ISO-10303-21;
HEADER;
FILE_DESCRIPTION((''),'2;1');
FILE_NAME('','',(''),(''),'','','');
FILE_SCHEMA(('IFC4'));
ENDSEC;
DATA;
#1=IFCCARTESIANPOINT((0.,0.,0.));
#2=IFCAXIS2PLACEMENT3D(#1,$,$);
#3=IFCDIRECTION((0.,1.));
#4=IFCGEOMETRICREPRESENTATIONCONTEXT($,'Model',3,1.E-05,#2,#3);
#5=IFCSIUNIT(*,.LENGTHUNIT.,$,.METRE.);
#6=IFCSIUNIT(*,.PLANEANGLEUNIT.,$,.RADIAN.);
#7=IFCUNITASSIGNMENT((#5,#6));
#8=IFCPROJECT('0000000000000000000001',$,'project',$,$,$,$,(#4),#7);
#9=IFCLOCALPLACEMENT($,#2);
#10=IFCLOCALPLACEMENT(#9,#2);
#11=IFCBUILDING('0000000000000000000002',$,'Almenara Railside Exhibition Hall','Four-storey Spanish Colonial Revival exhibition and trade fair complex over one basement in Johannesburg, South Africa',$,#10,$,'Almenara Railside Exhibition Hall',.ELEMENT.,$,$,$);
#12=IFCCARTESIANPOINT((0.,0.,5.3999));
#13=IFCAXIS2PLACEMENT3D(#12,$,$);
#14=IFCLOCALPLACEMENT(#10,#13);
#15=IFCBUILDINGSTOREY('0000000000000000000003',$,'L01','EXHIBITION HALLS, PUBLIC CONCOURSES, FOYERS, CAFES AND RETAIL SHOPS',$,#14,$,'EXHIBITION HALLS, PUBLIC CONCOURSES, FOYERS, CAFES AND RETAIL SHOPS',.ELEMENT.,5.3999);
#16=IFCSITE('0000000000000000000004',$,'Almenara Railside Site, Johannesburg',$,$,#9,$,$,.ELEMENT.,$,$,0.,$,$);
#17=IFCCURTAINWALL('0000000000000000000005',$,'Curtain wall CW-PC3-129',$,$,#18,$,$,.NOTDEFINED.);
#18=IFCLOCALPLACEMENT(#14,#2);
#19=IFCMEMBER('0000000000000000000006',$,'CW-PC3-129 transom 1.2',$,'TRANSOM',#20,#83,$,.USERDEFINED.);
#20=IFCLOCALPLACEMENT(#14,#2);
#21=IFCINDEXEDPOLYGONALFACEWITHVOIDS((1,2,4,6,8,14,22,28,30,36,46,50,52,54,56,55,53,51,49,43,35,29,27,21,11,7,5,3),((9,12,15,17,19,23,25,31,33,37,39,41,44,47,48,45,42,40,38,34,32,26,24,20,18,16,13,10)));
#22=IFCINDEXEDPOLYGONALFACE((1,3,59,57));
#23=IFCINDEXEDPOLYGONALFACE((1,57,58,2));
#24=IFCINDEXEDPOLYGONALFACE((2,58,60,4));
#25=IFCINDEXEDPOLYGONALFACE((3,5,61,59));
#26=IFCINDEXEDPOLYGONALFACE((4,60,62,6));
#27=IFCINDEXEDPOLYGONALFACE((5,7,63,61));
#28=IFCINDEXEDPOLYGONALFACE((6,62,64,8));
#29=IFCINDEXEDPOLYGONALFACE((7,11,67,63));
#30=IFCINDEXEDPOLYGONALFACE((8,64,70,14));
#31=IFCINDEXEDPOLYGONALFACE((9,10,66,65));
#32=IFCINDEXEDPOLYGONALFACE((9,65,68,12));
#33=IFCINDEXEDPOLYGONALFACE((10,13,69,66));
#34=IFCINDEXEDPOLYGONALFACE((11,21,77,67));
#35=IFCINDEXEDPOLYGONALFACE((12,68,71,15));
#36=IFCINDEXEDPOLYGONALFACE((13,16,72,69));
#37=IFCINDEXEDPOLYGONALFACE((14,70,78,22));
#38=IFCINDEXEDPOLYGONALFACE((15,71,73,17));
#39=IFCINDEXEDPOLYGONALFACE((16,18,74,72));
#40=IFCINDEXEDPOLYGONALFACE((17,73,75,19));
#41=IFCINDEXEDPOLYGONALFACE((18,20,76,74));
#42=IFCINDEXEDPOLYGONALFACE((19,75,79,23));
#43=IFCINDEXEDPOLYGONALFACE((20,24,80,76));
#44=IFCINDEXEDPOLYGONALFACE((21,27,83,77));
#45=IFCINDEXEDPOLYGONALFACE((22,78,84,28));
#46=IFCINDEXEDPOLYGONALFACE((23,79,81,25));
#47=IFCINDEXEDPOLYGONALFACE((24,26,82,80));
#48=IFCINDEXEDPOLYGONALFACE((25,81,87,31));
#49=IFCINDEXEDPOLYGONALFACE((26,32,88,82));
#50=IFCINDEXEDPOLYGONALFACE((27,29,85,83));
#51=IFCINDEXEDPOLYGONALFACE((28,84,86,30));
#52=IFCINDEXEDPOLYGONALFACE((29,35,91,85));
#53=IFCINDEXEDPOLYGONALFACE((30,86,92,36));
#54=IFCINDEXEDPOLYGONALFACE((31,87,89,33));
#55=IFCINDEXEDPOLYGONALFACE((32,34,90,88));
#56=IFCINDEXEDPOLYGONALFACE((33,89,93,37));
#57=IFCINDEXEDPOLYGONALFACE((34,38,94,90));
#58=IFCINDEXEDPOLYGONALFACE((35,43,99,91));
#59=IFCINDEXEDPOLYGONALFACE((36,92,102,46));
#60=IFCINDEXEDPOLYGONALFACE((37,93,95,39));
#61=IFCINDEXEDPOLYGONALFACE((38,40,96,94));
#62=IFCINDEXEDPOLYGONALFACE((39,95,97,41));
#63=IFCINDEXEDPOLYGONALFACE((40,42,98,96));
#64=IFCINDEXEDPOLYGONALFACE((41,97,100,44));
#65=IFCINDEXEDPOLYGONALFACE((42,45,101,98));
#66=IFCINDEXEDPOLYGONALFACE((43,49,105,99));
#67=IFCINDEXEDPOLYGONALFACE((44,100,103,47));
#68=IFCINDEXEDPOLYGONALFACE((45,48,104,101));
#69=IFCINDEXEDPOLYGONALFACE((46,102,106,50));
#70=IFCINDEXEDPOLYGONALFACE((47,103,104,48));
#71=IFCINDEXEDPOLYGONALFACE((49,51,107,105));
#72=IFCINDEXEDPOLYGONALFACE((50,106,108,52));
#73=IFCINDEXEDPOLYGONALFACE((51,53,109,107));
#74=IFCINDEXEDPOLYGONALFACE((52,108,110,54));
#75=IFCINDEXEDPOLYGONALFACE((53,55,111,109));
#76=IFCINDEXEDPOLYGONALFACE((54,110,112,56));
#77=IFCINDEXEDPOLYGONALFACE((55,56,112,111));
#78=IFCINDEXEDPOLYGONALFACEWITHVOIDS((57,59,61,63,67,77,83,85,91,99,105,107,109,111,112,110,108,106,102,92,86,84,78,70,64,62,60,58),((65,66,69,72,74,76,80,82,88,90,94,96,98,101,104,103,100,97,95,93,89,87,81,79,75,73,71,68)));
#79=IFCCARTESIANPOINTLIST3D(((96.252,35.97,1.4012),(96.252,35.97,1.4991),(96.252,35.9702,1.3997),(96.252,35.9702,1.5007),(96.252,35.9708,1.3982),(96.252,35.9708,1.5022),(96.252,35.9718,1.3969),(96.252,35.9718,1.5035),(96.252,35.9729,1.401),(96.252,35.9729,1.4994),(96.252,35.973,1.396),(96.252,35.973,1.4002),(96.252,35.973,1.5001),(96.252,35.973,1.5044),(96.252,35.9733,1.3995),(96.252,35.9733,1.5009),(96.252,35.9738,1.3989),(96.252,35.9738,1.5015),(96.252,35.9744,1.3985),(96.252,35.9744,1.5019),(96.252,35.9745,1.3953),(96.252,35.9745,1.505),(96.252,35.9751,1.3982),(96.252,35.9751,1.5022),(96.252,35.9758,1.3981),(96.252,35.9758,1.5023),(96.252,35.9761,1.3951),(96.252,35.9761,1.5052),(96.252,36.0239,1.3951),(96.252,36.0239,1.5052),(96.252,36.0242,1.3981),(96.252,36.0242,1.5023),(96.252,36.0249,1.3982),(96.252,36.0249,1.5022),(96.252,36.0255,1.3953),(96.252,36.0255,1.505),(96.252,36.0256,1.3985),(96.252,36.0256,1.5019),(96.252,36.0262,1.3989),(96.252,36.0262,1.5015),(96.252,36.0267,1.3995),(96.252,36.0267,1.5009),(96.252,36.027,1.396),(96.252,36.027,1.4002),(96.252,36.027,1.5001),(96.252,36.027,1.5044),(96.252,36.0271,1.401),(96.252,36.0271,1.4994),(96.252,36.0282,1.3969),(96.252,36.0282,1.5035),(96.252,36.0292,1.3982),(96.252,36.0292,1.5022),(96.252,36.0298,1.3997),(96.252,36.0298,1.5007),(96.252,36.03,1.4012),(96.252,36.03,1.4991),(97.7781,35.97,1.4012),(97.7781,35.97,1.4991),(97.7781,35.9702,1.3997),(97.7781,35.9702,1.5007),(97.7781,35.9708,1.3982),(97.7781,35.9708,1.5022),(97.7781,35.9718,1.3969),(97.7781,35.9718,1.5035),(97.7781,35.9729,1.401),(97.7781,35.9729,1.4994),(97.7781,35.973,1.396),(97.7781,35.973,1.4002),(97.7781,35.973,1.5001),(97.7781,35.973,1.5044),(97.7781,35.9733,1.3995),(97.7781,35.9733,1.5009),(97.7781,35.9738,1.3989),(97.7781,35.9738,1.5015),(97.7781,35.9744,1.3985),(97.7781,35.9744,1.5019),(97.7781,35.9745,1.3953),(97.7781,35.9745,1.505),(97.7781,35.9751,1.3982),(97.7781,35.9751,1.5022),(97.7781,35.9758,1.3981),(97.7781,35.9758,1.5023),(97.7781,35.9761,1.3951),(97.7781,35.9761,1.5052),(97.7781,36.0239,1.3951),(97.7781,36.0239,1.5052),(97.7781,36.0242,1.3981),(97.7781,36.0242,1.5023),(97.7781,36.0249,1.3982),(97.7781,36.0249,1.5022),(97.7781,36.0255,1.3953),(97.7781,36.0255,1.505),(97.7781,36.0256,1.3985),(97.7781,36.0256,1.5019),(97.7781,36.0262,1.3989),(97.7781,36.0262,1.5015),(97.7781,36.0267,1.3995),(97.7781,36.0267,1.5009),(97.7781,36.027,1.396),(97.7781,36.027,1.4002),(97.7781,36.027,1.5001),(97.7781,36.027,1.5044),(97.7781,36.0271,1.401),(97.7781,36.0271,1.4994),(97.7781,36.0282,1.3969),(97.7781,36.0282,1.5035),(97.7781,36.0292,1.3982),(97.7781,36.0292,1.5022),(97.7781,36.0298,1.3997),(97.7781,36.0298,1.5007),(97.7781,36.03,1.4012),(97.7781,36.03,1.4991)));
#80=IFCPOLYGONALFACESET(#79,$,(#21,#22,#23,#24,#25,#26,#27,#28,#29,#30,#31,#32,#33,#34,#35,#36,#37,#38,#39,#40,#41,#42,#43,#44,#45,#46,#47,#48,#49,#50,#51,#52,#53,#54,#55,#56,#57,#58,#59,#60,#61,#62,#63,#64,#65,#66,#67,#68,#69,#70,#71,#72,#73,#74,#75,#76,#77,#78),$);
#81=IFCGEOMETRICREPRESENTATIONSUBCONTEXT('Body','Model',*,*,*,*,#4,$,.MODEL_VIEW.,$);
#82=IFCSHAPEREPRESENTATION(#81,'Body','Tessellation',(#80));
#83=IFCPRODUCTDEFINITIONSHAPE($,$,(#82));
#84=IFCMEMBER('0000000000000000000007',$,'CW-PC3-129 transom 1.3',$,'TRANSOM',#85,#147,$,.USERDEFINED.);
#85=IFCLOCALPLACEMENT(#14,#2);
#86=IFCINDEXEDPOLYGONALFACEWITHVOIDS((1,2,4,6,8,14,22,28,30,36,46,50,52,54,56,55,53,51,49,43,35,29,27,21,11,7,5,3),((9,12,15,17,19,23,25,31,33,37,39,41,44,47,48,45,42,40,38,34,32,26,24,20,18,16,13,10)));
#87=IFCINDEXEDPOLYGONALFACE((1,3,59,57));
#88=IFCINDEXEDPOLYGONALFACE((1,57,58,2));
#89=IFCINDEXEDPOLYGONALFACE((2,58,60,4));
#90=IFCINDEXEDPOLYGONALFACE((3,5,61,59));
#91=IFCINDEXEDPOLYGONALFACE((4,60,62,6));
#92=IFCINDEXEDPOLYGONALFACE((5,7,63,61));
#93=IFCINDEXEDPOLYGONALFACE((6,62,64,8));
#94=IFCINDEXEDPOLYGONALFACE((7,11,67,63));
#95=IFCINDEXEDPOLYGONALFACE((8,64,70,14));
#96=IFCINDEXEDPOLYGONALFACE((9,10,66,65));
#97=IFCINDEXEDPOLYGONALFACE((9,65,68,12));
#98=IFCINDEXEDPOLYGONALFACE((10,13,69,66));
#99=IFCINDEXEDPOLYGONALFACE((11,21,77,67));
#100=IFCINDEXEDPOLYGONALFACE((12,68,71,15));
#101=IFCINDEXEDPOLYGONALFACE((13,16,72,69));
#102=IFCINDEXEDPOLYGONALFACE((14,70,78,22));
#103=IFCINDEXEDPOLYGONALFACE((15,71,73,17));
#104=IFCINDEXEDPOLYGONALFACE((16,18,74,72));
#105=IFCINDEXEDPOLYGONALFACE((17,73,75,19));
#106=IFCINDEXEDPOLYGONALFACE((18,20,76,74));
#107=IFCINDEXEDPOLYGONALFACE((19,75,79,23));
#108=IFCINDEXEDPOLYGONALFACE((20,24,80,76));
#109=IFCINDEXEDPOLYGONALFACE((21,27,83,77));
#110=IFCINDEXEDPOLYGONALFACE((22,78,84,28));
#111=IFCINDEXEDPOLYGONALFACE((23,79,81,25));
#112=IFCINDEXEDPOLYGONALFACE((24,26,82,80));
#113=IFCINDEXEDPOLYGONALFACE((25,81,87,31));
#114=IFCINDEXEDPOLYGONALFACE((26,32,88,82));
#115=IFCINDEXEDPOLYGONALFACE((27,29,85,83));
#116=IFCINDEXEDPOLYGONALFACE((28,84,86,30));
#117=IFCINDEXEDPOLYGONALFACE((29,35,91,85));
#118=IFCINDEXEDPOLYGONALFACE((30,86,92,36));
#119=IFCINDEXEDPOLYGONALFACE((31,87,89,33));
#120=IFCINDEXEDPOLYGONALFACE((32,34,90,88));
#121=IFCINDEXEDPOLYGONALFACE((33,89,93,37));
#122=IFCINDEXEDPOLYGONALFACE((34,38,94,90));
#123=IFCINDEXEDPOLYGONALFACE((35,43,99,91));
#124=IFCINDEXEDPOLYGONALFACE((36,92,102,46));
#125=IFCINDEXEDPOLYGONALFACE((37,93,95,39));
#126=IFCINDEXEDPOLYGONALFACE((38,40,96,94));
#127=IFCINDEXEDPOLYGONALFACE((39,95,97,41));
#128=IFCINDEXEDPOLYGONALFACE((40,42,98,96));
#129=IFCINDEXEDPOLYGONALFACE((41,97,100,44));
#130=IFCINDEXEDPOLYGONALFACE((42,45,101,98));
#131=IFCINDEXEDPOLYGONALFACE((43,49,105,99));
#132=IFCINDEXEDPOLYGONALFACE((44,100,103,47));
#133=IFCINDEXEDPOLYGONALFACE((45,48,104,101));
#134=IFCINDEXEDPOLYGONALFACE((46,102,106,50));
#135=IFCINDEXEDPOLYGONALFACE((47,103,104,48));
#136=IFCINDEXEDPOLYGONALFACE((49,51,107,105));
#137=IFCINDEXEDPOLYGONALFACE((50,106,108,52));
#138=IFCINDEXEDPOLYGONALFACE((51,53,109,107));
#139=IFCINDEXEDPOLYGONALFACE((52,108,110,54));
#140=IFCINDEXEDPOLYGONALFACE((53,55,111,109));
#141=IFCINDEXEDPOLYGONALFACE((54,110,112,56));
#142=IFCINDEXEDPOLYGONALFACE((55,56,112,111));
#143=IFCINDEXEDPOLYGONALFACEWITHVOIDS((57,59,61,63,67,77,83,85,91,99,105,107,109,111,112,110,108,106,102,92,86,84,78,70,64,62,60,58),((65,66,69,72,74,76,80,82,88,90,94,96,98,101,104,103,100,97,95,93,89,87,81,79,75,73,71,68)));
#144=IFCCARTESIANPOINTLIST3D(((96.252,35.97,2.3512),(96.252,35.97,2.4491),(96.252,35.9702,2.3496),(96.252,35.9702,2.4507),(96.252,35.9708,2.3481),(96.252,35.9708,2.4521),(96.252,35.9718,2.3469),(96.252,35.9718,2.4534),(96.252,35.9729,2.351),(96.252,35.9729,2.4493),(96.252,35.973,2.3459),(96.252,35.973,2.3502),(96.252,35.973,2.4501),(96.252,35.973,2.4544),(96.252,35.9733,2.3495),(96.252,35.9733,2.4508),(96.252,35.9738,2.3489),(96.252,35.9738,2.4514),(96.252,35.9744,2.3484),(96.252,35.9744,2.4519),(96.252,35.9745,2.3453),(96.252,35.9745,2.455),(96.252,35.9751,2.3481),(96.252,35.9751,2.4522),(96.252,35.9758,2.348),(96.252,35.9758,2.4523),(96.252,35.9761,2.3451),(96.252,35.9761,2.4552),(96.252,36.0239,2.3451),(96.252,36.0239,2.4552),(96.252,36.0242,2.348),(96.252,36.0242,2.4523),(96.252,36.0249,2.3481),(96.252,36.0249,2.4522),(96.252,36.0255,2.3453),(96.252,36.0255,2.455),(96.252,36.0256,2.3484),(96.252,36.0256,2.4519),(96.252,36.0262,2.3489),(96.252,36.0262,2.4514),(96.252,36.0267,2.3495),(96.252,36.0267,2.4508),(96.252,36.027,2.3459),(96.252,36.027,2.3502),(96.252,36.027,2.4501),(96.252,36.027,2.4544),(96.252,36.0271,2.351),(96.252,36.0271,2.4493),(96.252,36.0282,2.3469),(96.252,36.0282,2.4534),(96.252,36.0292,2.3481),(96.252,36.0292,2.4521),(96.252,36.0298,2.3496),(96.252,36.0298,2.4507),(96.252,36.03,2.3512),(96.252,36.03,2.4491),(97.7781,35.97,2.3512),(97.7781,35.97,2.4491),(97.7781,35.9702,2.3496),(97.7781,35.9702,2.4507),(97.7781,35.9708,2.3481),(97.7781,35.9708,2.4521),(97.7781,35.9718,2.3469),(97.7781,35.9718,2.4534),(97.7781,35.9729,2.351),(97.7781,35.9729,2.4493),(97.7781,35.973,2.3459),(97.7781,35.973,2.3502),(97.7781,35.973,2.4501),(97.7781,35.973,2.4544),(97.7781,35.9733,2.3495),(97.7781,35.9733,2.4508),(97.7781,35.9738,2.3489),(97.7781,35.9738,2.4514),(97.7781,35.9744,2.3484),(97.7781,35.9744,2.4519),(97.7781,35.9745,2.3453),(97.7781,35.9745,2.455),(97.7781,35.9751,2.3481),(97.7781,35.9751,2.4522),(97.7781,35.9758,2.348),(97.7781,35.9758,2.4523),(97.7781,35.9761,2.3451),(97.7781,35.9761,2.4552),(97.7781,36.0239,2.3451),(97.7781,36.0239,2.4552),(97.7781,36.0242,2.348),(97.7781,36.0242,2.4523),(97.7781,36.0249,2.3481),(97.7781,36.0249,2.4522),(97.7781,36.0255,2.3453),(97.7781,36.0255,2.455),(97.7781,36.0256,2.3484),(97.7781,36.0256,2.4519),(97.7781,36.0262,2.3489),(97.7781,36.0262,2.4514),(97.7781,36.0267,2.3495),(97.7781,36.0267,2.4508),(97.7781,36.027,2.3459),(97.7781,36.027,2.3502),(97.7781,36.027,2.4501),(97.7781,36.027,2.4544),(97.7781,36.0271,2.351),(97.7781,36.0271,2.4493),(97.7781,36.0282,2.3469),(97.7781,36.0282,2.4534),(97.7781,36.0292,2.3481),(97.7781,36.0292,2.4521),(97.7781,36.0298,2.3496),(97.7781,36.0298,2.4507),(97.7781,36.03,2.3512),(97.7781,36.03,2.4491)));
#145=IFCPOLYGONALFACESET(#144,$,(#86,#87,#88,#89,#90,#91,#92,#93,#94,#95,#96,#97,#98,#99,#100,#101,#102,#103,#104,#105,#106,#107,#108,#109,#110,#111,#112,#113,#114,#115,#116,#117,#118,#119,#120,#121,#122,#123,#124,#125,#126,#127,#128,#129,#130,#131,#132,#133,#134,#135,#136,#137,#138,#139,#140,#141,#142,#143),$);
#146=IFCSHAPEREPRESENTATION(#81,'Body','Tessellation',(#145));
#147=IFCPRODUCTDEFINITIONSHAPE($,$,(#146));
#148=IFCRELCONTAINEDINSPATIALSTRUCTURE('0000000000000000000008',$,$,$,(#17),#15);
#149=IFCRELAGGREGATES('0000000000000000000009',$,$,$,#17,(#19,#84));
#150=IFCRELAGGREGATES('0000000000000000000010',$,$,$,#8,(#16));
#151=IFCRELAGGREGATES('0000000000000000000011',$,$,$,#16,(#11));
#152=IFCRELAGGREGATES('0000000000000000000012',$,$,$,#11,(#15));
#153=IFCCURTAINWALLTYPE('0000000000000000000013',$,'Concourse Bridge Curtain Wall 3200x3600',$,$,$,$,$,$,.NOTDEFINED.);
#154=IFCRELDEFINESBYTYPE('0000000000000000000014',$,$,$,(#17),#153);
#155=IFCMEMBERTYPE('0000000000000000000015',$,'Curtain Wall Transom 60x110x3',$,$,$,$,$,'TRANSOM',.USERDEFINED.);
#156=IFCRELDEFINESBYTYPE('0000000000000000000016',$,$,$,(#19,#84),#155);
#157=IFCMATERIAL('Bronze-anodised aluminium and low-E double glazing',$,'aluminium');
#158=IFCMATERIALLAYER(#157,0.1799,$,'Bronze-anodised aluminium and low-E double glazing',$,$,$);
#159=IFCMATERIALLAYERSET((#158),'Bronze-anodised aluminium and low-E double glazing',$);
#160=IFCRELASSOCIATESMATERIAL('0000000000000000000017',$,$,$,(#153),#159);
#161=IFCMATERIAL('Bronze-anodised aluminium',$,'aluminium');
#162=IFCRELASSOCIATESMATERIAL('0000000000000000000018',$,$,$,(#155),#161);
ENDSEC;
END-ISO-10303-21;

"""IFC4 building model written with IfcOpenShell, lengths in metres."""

from ifc_helpers import new_model, si_unit, direction, frame, origin, origin_2d, place, context, subcontext, project, spatial, hollow_rectangle, extrude, material, layer, layer_set, material_profile, profile_set, type_object, element, aggregate, save


model = new_model("IFC4")

# Units and contexts
model_context = context("Model", 3, precision=1e-05, world=origin(), true_north=direction((0.0, 1.0)))
body_context = subcontext(model_context, "Body", "Model", "MODEL_VIEW")
ifc_project = project(units=[si_unit("LENGTHUNIT", "METRE"), si_unit("PLANEANGLEUNIT", "RADIAN")], contexts=[model_context])

# Site, building, storey
site_placement = place(None, origin())
site = spatial("IfcSite", under=ifc_project, at=site_placement, Name="Almenara Railside Site, Johannesburg", CompositionType="ELEMENT", RefElevation=0.0)
building_placement = place(site_placement, origin())
building = spatial("IfcBuilding", under=site, at=building_placement, Name="Almenara Railside Exhibition Hall", Description="Four-storey Spanish Colonial Revival exhibition and trade fair complex over one basement in Johannesburg, South Africa", LongName="Almenara Railside Exhibition Hall", CompositionType="ELEMENT")
storey_placement = place(building_placement, frame((0.0, 0.0, 5.3999)))
storey = spatial("IfcBuildingStorey", under=building, at=storey_placement, Name="L01", Description="EXHIBITION HALLS, PUBLIC CONCOURSES, FOYERS, CAFES AND RETAIL SHOPS", LongName="EXHIBITION HALLS, PUBLIC CONCOURSES, FOYERS, CAFES AND RETAIL SHOPS", CompositionType="ELEMENT", Elevation=5.3999)

# Curtain wall
ifc_material_1 = material(Name="Bronze-anodised aluminium and low-E double glazing", Category="aluminium")
ifc_layer_1 = layer(ifc_material_1, 0.1799, Name="Bronze-anodised aluminium and low-E double glazing")
ifc_layer_set_1 = layer_set([ifc_layer_1], Name="Bronze-anodised aluminium and low-E double glazing")
curtain_wall_type_1 = type_object("IfcCurtainWallType", Name="Concourse Bridge Curtain Wall 3200x3600", PredefinedType="NOTDEFINED", material=ifc_layer_set_1)
curtain_wall_1_placement = place(storey_placement, origin())
curtain_wall_1 = element("IfcCurtainWall", 1, at=curtain_wall_1_placement, inside=storey, type_object=curtain_wall_type_1, Name="Curtain wall CW-PC3-129", PredefinedType="NOTDEFINED")
ifc_material_2 = material(Name="Bronze-anodised aluminium", Category="aluminium")

# Members
ifc_material_profile_1 = material_profile(ifc_material_2, hollow_rectangle(XDim=0.0601, YDim=0.1101, WallThickness=0.0029, InnerFilletRadius=0.0029, OuterFilletRadius=0.0061, at=origin_2d()), Name="ALU-TRN 60x110x3")
ifc_profile_set_1 = profile_set([ifc_material_profile_1], Name="Bronze-anodised aluminium")
member_type_1 = type_object("IfcMemberType", Name="Curtain Wall Transom 60x110x3", ElementType="TRANSOM", PredefinedType="USERDEFINED", material=ifc_profile_set_1)
member_1_placement = place(storey_placement, frame((96.252, 36.0, 1.4502), z_axis=(1.0, 0.0, 0.0), x_axis=(0.0, 1.0, 0.0)))
member_1 = element("IfcMember", 2, at=member_1_placement, type_object=member_type_1, Name="CW-PC3-129 transom 1.2", ObjectType="TRANSOM", PredefinedType="USERDEFINED", context=body_context, shape_type="SweptSolid", body=[
    extrude(hollow_rectangle(XDim=0.0601, YDim=0.1101, WallThickness=0.0029, InnerFilletRadius=0.0029, OuterFilletRadius=0.0061, at=origin_2d()), origin(), (0.0, 0.0, 1.0), 1.5261),
])
member_2_placement = place(storey_placement, frame((96.252, 36.0, 2.4001), z_axis=(1.0, 0.0, 0.0), x_axis=(0.0, 1.0, 0.0)))
member_2 = element("IfcMember", 3, at=member_2_placement, type_object=member_type_1, Name="CW-PC3-129 transom 1.3", ObjectType="TRANSOM", PredefinedType="USERDEFINED", context=body_context, shape_type="SweptSolid", body=[
    extrude(hollow_rectangle(XDim=0.0601, YDim=0.1101, WallThickness=0.0029, InnerFilletRadius=0.0029, OuterFilletRadius=0.0061, at=origin_2d()), origin(), (0.0, 0.0, 1.0), 1.5261),
])

aggregate(curtain_wall_1, [member_1, member_2])

save(model, "model.ifc")
